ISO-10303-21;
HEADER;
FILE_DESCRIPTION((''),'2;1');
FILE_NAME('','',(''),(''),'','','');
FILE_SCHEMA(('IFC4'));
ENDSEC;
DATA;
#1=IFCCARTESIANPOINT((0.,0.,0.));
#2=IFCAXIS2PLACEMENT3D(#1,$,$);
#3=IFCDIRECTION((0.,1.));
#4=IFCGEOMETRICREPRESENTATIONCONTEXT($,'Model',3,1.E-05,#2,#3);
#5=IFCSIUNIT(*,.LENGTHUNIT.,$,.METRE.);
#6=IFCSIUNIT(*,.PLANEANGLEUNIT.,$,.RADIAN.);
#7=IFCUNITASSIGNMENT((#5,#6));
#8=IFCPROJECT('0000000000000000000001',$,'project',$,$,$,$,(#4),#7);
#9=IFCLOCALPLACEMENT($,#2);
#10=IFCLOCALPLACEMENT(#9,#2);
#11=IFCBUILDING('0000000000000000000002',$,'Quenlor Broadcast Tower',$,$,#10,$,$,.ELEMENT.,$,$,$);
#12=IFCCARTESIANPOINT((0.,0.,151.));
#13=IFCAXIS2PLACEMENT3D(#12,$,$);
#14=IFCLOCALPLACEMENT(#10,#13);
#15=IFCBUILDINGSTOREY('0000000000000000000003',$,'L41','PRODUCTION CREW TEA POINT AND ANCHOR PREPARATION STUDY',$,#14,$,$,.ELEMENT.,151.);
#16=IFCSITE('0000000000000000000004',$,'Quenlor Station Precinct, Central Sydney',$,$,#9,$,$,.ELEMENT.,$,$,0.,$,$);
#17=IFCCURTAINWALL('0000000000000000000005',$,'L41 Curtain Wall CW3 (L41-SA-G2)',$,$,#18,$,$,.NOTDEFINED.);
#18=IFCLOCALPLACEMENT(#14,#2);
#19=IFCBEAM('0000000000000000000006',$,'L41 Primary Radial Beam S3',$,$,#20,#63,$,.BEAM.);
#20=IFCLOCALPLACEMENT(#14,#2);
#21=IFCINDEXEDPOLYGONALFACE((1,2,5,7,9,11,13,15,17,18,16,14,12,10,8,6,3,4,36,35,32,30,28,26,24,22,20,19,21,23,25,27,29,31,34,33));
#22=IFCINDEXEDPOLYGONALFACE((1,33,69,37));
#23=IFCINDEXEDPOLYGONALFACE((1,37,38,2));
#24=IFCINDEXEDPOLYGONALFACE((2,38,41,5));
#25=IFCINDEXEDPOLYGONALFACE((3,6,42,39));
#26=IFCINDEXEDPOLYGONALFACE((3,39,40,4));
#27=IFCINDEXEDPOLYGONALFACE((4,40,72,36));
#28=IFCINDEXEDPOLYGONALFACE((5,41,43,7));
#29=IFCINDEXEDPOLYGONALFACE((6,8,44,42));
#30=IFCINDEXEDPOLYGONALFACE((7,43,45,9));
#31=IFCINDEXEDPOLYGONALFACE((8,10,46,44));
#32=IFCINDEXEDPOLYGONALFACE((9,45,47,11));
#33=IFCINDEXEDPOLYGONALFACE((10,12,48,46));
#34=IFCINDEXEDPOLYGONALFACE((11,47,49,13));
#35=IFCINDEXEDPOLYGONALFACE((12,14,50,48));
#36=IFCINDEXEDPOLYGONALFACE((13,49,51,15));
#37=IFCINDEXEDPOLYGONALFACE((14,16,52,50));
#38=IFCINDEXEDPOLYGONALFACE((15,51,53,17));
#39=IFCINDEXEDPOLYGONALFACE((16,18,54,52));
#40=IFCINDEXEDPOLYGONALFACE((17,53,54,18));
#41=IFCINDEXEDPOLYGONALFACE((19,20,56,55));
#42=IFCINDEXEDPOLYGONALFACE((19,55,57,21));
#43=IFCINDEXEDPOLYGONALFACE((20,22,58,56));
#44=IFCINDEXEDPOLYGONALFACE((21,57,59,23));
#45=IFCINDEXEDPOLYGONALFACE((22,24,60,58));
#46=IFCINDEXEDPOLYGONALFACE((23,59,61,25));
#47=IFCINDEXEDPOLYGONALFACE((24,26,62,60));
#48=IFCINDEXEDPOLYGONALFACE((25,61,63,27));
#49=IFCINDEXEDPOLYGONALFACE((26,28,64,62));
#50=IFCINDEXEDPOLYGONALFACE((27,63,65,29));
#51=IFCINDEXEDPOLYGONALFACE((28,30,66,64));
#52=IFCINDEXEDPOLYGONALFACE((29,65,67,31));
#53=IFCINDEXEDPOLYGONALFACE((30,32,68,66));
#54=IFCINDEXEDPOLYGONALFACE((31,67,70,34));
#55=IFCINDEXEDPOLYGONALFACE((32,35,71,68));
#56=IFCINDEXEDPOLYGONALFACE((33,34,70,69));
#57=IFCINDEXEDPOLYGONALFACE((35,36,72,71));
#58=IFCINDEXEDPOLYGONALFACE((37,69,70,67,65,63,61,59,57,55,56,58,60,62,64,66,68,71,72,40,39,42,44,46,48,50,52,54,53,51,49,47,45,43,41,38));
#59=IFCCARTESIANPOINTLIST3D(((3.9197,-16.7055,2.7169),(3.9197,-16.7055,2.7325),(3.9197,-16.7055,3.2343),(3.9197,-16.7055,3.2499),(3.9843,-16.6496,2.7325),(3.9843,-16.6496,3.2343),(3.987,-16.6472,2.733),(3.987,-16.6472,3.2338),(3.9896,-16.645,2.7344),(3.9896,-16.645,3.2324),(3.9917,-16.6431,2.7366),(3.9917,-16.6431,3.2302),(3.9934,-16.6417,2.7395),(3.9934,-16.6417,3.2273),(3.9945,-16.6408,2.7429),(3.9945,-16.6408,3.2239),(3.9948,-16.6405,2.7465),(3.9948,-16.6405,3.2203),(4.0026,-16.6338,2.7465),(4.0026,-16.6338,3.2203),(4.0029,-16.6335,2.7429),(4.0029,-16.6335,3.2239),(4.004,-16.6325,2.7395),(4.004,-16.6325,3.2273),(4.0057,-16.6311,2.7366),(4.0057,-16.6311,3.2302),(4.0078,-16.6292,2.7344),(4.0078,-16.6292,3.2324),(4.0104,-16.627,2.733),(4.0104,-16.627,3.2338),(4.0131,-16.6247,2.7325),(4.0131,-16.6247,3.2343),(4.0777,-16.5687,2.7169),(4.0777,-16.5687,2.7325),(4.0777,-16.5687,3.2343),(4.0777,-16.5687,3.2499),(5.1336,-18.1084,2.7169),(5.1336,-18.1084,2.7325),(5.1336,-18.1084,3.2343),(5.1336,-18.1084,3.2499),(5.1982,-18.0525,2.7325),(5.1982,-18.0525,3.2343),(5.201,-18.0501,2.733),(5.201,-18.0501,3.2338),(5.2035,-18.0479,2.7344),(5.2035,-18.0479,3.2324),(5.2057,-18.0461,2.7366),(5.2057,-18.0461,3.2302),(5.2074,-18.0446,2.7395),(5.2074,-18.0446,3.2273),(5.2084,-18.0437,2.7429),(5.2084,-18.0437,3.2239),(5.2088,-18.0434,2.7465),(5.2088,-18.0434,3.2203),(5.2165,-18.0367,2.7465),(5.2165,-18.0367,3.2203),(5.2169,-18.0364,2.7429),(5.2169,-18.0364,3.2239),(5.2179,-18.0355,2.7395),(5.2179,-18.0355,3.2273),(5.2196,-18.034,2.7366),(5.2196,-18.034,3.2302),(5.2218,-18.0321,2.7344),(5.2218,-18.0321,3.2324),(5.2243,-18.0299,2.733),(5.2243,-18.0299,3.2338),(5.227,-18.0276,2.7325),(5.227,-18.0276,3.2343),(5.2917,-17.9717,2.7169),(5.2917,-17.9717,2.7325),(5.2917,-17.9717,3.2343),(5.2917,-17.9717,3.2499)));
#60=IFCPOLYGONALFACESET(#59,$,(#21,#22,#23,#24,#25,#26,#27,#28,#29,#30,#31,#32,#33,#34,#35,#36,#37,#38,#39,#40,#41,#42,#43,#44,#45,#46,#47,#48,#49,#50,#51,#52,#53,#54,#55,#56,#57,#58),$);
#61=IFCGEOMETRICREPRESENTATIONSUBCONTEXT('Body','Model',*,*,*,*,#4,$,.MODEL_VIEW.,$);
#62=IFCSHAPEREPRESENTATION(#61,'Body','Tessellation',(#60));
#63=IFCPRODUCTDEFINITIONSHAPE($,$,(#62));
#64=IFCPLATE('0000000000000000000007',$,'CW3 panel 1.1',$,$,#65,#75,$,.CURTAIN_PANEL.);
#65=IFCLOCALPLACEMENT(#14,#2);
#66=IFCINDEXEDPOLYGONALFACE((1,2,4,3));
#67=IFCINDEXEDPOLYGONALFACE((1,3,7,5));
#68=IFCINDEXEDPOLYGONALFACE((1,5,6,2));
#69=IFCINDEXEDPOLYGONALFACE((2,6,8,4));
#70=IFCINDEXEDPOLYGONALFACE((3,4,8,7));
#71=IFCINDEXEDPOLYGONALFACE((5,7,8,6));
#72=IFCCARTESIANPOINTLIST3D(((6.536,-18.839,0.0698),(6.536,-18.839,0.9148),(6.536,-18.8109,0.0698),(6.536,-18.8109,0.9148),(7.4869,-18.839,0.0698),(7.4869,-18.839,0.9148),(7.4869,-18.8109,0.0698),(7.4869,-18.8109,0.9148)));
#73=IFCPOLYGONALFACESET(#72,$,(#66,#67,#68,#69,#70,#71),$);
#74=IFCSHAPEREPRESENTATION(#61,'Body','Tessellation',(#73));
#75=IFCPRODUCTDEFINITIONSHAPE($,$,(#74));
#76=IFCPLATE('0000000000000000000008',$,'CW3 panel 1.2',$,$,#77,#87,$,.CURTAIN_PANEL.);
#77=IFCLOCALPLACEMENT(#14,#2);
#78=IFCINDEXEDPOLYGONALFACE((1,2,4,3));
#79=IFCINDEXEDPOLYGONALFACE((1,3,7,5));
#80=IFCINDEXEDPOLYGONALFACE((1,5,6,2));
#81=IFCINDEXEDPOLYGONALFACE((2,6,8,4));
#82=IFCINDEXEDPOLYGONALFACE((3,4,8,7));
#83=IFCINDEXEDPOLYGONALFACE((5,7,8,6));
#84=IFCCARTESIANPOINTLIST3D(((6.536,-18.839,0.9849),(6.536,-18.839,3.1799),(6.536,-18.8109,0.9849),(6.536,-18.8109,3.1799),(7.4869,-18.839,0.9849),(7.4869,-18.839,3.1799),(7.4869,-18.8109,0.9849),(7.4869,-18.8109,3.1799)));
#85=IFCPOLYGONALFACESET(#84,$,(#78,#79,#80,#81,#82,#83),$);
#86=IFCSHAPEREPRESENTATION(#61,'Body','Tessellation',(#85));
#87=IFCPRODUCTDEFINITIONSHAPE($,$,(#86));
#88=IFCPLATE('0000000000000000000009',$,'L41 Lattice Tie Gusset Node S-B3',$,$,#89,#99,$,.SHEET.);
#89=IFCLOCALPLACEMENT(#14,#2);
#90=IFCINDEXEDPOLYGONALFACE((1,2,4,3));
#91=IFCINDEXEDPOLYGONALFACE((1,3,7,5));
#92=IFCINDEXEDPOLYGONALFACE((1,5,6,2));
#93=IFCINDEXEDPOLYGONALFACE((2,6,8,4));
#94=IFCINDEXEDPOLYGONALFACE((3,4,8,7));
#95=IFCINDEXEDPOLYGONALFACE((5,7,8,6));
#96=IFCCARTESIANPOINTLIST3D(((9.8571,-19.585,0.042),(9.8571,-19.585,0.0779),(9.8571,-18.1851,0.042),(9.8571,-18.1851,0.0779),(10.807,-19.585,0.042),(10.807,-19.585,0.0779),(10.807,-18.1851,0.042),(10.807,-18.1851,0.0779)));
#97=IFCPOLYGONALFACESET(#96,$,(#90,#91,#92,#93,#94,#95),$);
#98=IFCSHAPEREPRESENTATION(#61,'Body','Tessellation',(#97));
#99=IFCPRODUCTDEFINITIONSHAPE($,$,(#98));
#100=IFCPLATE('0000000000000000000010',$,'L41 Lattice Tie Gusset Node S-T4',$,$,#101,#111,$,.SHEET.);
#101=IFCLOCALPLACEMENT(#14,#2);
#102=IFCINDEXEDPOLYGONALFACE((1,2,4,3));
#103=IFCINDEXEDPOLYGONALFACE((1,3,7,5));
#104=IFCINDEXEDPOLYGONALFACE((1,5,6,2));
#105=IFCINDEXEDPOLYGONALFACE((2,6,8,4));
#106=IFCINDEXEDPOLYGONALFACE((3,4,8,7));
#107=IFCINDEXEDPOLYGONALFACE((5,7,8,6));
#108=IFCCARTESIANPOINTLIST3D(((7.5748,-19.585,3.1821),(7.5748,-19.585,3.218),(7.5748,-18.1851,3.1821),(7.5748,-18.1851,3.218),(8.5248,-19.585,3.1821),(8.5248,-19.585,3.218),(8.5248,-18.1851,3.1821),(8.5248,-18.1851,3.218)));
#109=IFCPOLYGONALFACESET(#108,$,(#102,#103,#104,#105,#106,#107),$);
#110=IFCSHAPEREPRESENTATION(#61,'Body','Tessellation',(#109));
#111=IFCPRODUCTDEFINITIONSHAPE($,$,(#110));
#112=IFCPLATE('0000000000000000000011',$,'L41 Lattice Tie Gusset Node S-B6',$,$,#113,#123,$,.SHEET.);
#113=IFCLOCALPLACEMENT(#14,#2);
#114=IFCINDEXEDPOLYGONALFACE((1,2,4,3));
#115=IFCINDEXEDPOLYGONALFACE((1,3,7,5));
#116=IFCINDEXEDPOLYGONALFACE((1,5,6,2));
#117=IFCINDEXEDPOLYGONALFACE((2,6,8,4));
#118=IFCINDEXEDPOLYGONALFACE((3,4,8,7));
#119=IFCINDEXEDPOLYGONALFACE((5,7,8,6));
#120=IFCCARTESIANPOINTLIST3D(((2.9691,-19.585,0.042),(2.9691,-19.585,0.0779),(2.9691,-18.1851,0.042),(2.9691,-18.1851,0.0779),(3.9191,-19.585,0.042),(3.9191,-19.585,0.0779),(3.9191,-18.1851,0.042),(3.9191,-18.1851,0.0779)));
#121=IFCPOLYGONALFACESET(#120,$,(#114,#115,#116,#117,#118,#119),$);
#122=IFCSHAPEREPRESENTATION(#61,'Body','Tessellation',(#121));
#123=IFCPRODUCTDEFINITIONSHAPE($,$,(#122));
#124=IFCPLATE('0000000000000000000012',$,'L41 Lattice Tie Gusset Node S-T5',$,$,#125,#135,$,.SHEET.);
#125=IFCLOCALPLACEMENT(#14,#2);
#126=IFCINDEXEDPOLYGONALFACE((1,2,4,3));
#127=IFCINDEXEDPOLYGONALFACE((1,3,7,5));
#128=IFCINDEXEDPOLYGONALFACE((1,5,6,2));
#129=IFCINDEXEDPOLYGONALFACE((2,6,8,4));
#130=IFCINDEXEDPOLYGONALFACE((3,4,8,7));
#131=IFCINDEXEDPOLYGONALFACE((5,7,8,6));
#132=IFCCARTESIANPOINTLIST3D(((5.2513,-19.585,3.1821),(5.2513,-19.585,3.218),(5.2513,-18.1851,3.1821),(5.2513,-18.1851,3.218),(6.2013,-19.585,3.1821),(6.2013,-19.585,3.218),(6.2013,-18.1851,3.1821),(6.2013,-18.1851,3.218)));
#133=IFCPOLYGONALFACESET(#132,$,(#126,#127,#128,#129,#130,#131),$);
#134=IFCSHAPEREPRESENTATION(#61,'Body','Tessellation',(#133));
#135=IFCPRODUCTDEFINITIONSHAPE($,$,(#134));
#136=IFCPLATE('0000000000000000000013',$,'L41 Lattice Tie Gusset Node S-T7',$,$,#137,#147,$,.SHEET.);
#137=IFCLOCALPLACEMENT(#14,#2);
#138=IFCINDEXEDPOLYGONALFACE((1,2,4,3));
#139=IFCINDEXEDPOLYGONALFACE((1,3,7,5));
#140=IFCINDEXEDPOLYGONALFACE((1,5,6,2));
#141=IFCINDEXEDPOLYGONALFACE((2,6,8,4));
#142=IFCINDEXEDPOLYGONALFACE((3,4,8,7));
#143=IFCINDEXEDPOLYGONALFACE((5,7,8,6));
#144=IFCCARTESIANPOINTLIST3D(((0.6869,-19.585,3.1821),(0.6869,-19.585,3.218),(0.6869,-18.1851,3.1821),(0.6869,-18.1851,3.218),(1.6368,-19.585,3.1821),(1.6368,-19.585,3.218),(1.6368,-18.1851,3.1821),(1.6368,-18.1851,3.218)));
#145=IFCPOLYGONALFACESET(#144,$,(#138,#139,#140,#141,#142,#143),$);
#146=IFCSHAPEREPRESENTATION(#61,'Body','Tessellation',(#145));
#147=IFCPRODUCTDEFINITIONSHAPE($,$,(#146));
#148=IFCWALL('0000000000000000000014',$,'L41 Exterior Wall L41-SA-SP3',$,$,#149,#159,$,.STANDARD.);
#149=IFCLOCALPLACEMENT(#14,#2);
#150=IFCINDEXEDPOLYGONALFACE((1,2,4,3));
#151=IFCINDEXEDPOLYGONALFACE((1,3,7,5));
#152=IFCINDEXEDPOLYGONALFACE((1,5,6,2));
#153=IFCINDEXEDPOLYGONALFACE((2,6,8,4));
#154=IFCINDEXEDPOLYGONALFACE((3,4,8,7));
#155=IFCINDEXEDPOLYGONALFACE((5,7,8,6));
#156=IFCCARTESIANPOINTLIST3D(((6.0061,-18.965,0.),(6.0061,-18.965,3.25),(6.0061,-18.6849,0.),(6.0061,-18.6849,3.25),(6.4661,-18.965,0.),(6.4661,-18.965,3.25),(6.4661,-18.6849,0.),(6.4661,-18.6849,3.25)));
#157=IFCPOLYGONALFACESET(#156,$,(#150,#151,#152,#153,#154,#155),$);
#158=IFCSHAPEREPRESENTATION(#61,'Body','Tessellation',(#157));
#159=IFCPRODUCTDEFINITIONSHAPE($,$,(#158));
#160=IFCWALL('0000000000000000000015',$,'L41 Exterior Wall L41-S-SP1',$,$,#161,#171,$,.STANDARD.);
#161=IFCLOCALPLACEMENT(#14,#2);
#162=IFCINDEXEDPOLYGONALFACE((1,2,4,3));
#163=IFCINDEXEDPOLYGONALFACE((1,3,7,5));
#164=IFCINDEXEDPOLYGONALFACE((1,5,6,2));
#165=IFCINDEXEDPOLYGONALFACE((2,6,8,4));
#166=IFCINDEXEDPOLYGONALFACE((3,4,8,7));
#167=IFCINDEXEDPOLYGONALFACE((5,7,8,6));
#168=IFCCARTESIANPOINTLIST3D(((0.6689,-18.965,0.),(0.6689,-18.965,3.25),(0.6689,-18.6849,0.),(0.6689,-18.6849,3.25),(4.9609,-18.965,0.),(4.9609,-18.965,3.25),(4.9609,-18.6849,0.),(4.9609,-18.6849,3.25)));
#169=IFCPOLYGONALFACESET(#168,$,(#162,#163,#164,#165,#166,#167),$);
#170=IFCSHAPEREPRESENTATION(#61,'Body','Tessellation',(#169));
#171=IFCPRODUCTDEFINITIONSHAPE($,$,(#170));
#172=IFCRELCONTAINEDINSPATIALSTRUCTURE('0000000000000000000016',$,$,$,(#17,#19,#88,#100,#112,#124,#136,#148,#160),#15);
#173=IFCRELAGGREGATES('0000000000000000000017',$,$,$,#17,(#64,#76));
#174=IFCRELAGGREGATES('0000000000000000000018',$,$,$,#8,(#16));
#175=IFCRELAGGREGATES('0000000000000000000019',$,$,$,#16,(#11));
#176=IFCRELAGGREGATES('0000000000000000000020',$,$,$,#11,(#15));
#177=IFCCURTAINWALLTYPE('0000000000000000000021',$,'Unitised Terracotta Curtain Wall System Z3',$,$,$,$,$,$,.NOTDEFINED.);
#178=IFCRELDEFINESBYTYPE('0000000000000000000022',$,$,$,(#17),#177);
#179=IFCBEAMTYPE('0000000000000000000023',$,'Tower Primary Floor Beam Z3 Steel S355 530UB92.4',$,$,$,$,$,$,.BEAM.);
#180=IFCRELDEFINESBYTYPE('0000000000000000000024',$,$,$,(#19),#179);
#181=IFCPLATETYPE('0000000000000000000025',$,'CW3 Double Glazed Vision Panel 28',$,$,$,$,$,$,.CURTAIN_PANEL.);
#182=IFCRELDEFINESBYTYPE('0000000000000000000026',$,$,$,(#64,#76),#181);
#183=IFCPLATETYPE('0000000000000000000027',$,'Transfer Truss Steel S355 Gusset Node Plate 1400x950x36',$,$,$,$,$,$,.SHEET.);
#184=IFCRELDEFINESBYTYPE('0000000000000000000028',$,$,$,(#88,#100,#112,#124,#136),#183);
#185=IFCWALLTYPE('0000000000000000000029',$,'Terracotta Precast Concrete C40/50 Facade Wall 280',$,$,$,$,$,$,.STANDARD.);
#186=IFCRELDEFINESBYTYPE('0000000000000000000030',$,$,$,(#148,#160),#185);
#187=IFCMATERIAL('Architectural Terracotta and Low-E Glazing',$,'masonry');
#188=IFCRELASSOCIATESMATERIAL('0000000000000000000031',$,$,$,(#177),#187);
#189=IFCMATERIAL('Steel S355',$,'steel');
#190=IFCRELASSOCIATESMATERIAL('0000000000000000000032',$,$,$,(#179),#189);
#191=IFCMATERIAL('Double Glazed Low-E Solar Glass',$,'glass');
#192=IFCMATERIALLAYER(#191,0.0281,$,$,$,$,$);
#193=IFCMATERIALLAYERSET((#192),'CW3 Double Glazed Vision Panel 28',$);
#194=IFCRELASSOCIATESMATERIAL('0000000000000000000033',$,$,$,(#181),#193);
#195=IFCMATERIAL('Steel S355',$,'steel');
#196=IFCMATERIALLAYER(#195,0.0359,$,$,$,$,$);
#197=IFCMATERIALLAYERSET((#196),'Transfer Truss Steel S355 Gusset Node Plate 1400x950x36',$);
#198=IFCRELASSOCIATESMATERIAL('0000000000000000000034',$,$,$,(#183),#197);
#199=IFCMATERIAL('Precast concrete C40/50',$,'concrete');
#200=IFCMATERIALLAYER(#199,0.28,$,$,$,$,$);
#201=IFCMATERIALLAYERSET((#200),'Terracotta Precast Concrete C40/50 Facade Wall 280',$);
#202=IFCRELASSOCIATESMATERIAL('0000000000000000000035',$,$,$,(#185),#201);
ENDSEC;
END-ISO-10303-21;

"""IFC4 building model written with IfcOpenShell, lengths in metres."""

from ifc_helpers import new_model, si_unit, direction, frame, frame_2d, origin, origin_2d, place, context, subcontext, project, spatial, rectangle, i_section, extrude, material, layer, layer_set, material_profile, profile_set, type_object, element, aggregate, save


model = new_model("IFC4")

# Units and contexts
model_context = context("Model", 3, precision=1e-05, world=origin(), true_north=direction((0.0, 1.0)))
body_context = subcontext(model_context, "Body", "Model", "MODEL_VIEW")
ifc_project = project(units=[si_unit("LENGTHUNIT", "METRE"), si_unit("PLANEANGLEUNIT", "RADIAN")], contexts=[model_context])

# Site, building, storey
site_placement = place(None, origin())
site = spatial("IfcSite", under=ifc_project, at=site_placement, Name="Quenlor Station Precinct, Central Sydney", CompositionType="ELEMENT", RefElevation=0.0)
building_placement = place(site_placement, origin())
building = spatial("IfcBuilding", under=site, at=building_placement, Name="Quenlor Broadcast Tower", CompositionType="ELEMENT")
storey_placement = place(building_placement, frame((0.0, 0.0, 151.0)))
storey = spatial("IfcBuildingStorey", under=building, at=storey_placement, Name="L41", Description="PRODUCTION CREW TEA POINT AND ANCHOR PREPARATION STUDY", CompositionType="ELEMENT", Elevation=151.0)

# Curtain wall
ifc_material_1 = material(Name="Architectural Terracotta and Low-E Glazing", Category="masonry")
curtain_wall_type = type_object("IfcCurtainWallType", Name="Unitised Terracotta Curtain Wall System Z3", PredefinedType="NOTDEFINED", material=ifc_material_1)
curtain_wall_1_placement = place(storey_placement, origin())
curtain_wall_1 = element("IfcCurtainWall", 1, at=curtain_wall_1_placement, inside=storey, type_object=curtain_wall_type, Name="L41 Curtain Wall CW3 (L41-SA-G2)", PredefinedType="NOTDEFINED")

# Beam
ifc_material_2 = material(Name="Steel S355", Category="steel")
ifc_material_profile_1 = material_profile(ifc_material_2, i_section(OverallWidth=0.209, OverallDepth=0.533, WebThickness=0.0103, FlangeThickness=0.0156, FilletRadius=0.0139, at=origin_2d()))
ifc_profile_set_1 = profile_set([ifc_material_profile_1], Name="Steel S355 530UB92.4")
beam_type_1 = type_object("IfcBeamType", Name="Tower Primary Floor Beam Z3 Steel S355 530UB92.4", PredefinedType="BEAM", material=ifc_profile_set_1)
beam_1_placement = place(storey_placement, frame((5.2126, -18.04, 2.9834), z_axis=(-0.654339, 0.756201, 0.0), x_axis=(-0.756201, -0.654339, 0.0)))
element("IfcBeam", 2, at=beam_1_placement, inside=storey, type_object=beam_type_1, Name="L41 Primary Radial Beam S3", PredefinedType="BEAM", context=body_context, shape_type="SweptSolid", body=[
    extrude(i_section(OverallWidth=0.209, OverallDepth=0.533, WebThickness=0.0103, FlangeThickness=0.0156, FilletRadius=0.0139, at=origin_2d()), origin(), (0.0, 0.0, 1.0), 1.8552),
])

# Plates
ifc_material_3 = material(Name="Double Glazed Low-E Solar Glass", Category="glass")
ifc_layer_1 = layer(ifc_material_3, 0.0281)
ifc_layer_set_1 = layer_set([ifc_layer_1], Name="CW3 Double Glazed Vision Panel 28")
plate_type_1 = type_object("IfcPlateType", Name="CW3 Double Glazed Vision Panel 28", PredefinedType="CURTAIN_PANEL", material=ifc_layer_set_1)
plate_1_placement = place(storey_placement, frame((7.0115, -18.825, 0.0698), z_axis=(0.0, 0.0, 1.0), x_axis=(-1.0, 0.0, 0.0)))
plate_1 = element("IfcPlate", 3, at=plate_1_placement, type_object=plate_type_1, Name="CW3 panel 1.1", PredefinedType="CURTAIN_PANEL", context=body_context, shape_type="SweptSolid", body=[
    extrude(rectangle(XDim=0.9509, YDim=0.0281, at=origin_2d()), origin(), (0.0, 0.0, 1.0), 0.845),
])
plate_2_placement = place(storey_placement, frame((7.0115, -18.825, 0.9849), z_axis=(0.0, 0.0, 1.0), x_axis=(-1.0, 0.0, 0.0)))
plate_2 = element("IfcPlate", 4, at=plate_2_placement, type_object=plate_type_1, Name="CW3 panel 1.2", PredefinedType="CURTAIN_PANEL", context=body_context, shape_type="SweptSolid", body=[
    extrude(rectangle(XDim=0.9509, YDim=0.0281, at=origin_2d()), origin(), (0.0, 0.0, 1.0), 2.1951),
])
aggregate(curtain_wall_1, [plate_1, plate_2])

# Plates
ifc_material_4 = material(Name="Steel S355", Category="steel")
ifc_layer_2 = layer(ifc_material_4, 0.0359)
ifc_layer_set_2 = layer_set([ifc_layer_2], Name="Transfer Truss Steel S355 Gusset Node Plate 1400x950x36")
plate_type_2 = type_object("IfcPlateType", Name="Transfer Truss Steel S355 Gusset Node Plate 1400x950x36", PredefinedType="SHEET", material=ifc_layer_set_2)
for number, where, z_axis, x_axis, name in (
    (5, (10.332, -18.885, 0.042), (0.0, 0.0, 1.0), (0.0, -1.0, 0.0), "L41 Lattice Tie Gusset Node S-B3"),
    (6, (8.0498, -18.885, 3.1821), (0.0, 0.0, 1.0), (0.0, -1.0, 0.0), "L41 Lattice Tie Gusset Node S-T4"),
    (7, (3.4441, -18.885, 0.042), (0.0, 0.0, 1.0), (0.0, -1.0, 0.0), "L41 Lattice Tie Gusset Node S-B6"),
    (8, (5.7263, -18.885, 3.1821), (0.0, 0.0, 1.0), (0.0, -1.0, 0.0), "L41 Lattice Tie Gusset Node S-T5"),
    (9, (1.1619, -18.885, 3.1821), (0.0, 0.0, 1.0), (0.0, -1.0, 0.0), "L41 Lattice Tie Gusset Node S-T7"),
):
    element("IfcPlate", number, at=place(storey_placement, frame(where, z_axis=z_axis, x_axis=x_axis)), inside=storey, type_object=plate_type_2, Name=name, PredefinedType="SHEET", context=body_context, shape_type="SweptSolid", body=[
        extrude(rectangle(XDim=1.3999, YDim=0.95, at=origin_2d()), origin(), (0.0, 0.0, 1.0), 0.0359),
    ])

# Walls
ifc_material_5 = material(Name="Precast concrete C40/50", Category="concrete")
ifc_layer_3 = layer(ifc_material_5, 0.28)
ifc_layer_set_3 = layer_set([ifc_layer_3], Name="Terracotta Precast Concrete C40/50 Facade Wall 280")
wall_type = type_object("IfcWallType", Name="Terracotta Precast Concrete C40/50 Facade Wall 280", PredefinedType="STANDARD", material=ifc_layer_set_3)
wall_1_placement = place(storey_placement, frame((6.4661, -18.825, 0.0), z_axis=(0.0, 0.0, 1.0), x_axis=(-1.0, 0.0, 0.0)))
element("IfcWall", 10, at=wall_1_placement, inside=storey, type_object=wall_type, Name="L41 Exterior Wall L41-SA-SP3", PredefinedType="STANDARD", context=body_context, shape_type="SweptSolid", body=[
    extrude(rectangle(XDim=0.46, YDim=0.28, at=frame_2d((0.23, 0.0))), origin(), (0.0, 0.0, 1.0), 3.25),
])
wall_2_placement = place(storey_placement, frame((4.9609, -18.825, 0.0), z_axis=(0.0, 0.0, 1.0), x_axis=(-1.0, 0.0, 0.0)))
element("IfcWall", 11, at=wall_2_placement, inside=storey, type_object=wall_type, Name="L41 Exterior Wall L41-S-SP1", PredefinedType="STANDARD", context=body_context, shape_type="SweptSolid", body=[
    extrude(rectangle(XDim=4.292, YDim=0.28, at=frame_2d((2.146, 0.0))), origin(), (0.0, 0.0, 1.0), 3.25),
])

save(model, "model.ifc")
